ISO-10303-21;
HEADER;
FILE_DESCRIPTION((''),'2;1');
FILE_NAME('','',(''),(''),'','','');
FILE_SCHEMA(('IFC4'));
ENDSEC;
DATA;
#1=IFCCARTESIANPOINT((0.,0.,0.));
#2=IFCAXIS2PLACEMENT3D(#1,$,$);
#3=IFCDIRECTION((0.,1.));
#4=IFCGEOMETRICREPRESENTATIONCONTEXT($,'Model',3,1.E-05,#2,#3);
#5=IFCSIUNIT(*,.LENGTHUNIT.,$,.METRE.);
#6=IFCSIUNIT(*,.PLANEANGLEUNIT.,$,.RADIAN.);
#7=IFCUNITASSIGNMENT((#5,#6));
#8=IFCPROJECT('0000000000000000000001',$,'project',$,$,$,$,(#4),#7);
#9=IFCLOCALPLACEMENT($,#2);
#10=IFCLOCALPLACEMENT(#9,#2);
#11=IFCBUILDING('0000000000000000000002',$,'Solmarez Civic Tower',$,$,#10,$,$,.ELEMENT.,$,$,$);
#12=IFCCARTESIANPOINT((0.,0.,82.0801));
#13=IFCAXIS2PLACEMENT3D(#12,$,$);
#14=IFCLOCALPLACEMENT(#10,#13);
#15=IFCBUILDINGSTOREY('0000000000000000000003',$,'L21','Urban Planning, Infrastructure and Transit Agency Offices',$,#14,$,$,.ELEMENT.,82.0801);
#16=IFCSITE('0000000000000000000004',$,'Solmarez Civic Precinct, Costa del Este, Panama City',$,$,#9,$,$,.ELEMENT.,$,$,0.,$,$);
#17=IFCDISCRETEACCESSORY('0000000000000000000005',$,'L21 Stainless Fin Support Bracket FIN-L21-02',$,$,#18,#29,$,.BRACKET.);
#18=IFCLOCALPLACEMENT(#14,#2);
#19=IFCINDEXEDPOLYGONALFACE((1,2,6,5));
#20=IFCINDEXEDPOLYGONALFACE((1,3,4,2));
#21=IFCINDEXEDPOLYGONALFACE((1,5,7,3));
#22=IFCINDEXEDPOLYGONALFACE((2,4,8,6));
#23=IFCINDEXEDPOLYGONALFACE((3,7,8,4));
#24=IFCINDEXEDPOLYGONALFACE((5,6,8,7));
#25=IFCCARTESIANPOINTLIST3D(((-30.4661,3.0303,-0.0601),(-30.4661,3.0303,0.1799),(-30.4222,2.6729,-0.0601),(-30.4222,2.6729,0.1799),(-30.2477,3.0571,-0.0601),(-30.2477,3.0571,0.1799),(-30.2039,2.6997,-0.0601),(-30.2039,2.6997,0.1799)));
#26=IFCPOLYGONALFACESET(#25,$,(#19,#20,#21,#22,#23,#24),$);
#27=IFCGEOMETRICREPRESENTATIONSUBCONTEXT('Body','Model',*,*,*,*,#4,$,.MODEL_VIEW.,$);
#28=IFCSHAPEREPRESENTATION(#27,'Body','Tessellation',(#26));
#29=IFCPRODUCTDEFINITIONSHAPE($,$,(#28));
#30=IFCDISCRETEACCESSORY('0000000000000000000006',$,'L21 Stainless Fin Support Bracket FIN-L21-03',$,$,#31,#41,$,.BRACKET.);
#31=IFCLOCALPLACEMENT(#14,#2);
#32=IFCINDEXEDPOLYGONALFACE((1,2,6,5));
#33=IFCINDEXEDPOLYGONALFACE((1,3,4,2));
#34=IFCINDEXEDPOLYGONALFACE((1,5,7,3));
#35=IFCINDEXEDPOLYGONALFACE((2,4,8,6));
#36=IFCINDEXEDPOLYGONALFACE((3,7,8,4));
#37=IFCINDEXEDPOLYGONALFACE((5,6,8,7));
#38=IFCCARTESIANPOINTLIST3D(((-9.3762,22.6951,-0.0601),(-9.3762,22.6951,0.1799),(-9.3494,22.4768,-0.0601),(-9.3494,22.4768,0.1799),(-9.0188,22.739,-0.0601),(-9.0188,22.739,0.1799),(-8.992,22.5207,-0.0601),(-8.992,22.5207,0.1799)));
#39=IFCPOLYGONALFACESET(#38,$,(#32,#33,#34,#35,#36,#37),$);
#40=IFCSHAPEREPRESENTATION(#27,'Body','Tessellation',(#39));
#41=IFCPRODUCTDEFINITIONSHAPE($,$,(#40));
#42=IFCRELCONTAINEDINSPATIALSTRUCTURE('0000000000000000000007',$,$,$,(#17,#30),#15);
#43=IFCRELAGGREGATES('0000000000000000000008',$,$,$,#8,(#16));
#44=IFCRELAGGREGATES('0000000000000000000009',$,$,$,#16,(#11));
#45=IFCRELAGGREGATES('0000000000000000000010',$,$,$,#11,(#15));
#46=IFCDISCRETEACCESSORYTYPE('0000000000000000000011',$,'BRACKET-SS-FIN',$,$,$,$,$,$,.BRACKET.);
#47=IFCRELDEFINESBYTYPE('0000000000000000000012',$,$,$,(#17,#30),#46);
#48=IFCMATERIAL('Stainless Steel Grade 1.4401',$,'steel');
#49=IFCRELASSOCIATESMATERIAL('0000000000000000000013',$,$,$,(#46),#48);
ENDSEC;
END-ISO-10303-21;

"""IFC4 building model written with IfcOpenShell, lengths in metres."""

from ifc_helpers import new_model, si_unit, direction, frame, origin, origin_2d, place, context, subcontext, project, spatial, rectangle, extrude, material, type_object, element, save


model = new_model("IFC4")

# Units and contexts
model_context = context("Model", 3, precision=1e-05, world=origin(), true_north=direction((0.0, 1.0)))
body_context = subcontext(model_context, "Body", "Model", "MODEL_VIEW")
ifc_project = project(units=[si_unit("LENGTHUNIT", "METRE"), si_unit("PLANEANGLEUNIT", "RADIAN")], contexts=[model_context])

# Site, building, storey
site_placement = place(None, origin())
site = spatial("IfcSite", under=ifc_project, at=site_placement, Name="Solmarez Civic Precinct, Costa del Este, Panama City", CompositionType="ELEMENT", RefElevation=0.0)
building_placement = place(site_placement, origin())
building = spatial("IfcBuilding", under=site, at=building_placement, Name="Solmarez Civic Tower", CompositionType="ELEMENT")
storey_placement = place(building_placement, frame((0.0, 0.0, 82.0801)))
storey = spatial("IfcBuildingStorey", under=building, at=storey_placement, Name="L21", Description="Urban Planning, Infrastructure and Transit Agency Offices", CompositionType="ELEMENT", Elevation=82.0801)

# Discrete accessories
ifc_material_1 = material(Name="Stainless Steel Grade 1.4401", Category="steel")
discrete_accessory_type = type_object("IfcDiscreteAccessoryType", Name="BRACKET-SS-FIN", PredefinedType="BRACKET", material=ifc_material_1)
for number, where, z_axis, x_axis, name in (
    (1, (-30.335, 2.865, -0.0601), (0.0, 0.0, 1.0), (-0.121825, 0.992552, 0.0), "L21 Stainless Fin Support Bracket FIN-L21-02"),
    (2, (-9.1841, 22.6079, -0.0601), (0.0, 0.0, 1.0), (-0.992545, -0.121883, 0.0), "L21 Stainless Fin Support Bracket FIN-L21-03"),
):
    element("IfcDiscreteAccessory", number, at=place(storey_placement, frame(where, z_axis=z_axis, x_axis=x_axis)), inside=storey, type_object=discrete_accessory_type, Name=name, PredefinedType="BRACKET", context=body_context, shape_type="SweptSolid", body=[
        extrude(rectangle(XDim=0.3601, YDim=0.22, at=origin_2d()), origin(), (0.0, 0.0, 1.0), 0.24),
    ])

save(model, "model.ifc")
